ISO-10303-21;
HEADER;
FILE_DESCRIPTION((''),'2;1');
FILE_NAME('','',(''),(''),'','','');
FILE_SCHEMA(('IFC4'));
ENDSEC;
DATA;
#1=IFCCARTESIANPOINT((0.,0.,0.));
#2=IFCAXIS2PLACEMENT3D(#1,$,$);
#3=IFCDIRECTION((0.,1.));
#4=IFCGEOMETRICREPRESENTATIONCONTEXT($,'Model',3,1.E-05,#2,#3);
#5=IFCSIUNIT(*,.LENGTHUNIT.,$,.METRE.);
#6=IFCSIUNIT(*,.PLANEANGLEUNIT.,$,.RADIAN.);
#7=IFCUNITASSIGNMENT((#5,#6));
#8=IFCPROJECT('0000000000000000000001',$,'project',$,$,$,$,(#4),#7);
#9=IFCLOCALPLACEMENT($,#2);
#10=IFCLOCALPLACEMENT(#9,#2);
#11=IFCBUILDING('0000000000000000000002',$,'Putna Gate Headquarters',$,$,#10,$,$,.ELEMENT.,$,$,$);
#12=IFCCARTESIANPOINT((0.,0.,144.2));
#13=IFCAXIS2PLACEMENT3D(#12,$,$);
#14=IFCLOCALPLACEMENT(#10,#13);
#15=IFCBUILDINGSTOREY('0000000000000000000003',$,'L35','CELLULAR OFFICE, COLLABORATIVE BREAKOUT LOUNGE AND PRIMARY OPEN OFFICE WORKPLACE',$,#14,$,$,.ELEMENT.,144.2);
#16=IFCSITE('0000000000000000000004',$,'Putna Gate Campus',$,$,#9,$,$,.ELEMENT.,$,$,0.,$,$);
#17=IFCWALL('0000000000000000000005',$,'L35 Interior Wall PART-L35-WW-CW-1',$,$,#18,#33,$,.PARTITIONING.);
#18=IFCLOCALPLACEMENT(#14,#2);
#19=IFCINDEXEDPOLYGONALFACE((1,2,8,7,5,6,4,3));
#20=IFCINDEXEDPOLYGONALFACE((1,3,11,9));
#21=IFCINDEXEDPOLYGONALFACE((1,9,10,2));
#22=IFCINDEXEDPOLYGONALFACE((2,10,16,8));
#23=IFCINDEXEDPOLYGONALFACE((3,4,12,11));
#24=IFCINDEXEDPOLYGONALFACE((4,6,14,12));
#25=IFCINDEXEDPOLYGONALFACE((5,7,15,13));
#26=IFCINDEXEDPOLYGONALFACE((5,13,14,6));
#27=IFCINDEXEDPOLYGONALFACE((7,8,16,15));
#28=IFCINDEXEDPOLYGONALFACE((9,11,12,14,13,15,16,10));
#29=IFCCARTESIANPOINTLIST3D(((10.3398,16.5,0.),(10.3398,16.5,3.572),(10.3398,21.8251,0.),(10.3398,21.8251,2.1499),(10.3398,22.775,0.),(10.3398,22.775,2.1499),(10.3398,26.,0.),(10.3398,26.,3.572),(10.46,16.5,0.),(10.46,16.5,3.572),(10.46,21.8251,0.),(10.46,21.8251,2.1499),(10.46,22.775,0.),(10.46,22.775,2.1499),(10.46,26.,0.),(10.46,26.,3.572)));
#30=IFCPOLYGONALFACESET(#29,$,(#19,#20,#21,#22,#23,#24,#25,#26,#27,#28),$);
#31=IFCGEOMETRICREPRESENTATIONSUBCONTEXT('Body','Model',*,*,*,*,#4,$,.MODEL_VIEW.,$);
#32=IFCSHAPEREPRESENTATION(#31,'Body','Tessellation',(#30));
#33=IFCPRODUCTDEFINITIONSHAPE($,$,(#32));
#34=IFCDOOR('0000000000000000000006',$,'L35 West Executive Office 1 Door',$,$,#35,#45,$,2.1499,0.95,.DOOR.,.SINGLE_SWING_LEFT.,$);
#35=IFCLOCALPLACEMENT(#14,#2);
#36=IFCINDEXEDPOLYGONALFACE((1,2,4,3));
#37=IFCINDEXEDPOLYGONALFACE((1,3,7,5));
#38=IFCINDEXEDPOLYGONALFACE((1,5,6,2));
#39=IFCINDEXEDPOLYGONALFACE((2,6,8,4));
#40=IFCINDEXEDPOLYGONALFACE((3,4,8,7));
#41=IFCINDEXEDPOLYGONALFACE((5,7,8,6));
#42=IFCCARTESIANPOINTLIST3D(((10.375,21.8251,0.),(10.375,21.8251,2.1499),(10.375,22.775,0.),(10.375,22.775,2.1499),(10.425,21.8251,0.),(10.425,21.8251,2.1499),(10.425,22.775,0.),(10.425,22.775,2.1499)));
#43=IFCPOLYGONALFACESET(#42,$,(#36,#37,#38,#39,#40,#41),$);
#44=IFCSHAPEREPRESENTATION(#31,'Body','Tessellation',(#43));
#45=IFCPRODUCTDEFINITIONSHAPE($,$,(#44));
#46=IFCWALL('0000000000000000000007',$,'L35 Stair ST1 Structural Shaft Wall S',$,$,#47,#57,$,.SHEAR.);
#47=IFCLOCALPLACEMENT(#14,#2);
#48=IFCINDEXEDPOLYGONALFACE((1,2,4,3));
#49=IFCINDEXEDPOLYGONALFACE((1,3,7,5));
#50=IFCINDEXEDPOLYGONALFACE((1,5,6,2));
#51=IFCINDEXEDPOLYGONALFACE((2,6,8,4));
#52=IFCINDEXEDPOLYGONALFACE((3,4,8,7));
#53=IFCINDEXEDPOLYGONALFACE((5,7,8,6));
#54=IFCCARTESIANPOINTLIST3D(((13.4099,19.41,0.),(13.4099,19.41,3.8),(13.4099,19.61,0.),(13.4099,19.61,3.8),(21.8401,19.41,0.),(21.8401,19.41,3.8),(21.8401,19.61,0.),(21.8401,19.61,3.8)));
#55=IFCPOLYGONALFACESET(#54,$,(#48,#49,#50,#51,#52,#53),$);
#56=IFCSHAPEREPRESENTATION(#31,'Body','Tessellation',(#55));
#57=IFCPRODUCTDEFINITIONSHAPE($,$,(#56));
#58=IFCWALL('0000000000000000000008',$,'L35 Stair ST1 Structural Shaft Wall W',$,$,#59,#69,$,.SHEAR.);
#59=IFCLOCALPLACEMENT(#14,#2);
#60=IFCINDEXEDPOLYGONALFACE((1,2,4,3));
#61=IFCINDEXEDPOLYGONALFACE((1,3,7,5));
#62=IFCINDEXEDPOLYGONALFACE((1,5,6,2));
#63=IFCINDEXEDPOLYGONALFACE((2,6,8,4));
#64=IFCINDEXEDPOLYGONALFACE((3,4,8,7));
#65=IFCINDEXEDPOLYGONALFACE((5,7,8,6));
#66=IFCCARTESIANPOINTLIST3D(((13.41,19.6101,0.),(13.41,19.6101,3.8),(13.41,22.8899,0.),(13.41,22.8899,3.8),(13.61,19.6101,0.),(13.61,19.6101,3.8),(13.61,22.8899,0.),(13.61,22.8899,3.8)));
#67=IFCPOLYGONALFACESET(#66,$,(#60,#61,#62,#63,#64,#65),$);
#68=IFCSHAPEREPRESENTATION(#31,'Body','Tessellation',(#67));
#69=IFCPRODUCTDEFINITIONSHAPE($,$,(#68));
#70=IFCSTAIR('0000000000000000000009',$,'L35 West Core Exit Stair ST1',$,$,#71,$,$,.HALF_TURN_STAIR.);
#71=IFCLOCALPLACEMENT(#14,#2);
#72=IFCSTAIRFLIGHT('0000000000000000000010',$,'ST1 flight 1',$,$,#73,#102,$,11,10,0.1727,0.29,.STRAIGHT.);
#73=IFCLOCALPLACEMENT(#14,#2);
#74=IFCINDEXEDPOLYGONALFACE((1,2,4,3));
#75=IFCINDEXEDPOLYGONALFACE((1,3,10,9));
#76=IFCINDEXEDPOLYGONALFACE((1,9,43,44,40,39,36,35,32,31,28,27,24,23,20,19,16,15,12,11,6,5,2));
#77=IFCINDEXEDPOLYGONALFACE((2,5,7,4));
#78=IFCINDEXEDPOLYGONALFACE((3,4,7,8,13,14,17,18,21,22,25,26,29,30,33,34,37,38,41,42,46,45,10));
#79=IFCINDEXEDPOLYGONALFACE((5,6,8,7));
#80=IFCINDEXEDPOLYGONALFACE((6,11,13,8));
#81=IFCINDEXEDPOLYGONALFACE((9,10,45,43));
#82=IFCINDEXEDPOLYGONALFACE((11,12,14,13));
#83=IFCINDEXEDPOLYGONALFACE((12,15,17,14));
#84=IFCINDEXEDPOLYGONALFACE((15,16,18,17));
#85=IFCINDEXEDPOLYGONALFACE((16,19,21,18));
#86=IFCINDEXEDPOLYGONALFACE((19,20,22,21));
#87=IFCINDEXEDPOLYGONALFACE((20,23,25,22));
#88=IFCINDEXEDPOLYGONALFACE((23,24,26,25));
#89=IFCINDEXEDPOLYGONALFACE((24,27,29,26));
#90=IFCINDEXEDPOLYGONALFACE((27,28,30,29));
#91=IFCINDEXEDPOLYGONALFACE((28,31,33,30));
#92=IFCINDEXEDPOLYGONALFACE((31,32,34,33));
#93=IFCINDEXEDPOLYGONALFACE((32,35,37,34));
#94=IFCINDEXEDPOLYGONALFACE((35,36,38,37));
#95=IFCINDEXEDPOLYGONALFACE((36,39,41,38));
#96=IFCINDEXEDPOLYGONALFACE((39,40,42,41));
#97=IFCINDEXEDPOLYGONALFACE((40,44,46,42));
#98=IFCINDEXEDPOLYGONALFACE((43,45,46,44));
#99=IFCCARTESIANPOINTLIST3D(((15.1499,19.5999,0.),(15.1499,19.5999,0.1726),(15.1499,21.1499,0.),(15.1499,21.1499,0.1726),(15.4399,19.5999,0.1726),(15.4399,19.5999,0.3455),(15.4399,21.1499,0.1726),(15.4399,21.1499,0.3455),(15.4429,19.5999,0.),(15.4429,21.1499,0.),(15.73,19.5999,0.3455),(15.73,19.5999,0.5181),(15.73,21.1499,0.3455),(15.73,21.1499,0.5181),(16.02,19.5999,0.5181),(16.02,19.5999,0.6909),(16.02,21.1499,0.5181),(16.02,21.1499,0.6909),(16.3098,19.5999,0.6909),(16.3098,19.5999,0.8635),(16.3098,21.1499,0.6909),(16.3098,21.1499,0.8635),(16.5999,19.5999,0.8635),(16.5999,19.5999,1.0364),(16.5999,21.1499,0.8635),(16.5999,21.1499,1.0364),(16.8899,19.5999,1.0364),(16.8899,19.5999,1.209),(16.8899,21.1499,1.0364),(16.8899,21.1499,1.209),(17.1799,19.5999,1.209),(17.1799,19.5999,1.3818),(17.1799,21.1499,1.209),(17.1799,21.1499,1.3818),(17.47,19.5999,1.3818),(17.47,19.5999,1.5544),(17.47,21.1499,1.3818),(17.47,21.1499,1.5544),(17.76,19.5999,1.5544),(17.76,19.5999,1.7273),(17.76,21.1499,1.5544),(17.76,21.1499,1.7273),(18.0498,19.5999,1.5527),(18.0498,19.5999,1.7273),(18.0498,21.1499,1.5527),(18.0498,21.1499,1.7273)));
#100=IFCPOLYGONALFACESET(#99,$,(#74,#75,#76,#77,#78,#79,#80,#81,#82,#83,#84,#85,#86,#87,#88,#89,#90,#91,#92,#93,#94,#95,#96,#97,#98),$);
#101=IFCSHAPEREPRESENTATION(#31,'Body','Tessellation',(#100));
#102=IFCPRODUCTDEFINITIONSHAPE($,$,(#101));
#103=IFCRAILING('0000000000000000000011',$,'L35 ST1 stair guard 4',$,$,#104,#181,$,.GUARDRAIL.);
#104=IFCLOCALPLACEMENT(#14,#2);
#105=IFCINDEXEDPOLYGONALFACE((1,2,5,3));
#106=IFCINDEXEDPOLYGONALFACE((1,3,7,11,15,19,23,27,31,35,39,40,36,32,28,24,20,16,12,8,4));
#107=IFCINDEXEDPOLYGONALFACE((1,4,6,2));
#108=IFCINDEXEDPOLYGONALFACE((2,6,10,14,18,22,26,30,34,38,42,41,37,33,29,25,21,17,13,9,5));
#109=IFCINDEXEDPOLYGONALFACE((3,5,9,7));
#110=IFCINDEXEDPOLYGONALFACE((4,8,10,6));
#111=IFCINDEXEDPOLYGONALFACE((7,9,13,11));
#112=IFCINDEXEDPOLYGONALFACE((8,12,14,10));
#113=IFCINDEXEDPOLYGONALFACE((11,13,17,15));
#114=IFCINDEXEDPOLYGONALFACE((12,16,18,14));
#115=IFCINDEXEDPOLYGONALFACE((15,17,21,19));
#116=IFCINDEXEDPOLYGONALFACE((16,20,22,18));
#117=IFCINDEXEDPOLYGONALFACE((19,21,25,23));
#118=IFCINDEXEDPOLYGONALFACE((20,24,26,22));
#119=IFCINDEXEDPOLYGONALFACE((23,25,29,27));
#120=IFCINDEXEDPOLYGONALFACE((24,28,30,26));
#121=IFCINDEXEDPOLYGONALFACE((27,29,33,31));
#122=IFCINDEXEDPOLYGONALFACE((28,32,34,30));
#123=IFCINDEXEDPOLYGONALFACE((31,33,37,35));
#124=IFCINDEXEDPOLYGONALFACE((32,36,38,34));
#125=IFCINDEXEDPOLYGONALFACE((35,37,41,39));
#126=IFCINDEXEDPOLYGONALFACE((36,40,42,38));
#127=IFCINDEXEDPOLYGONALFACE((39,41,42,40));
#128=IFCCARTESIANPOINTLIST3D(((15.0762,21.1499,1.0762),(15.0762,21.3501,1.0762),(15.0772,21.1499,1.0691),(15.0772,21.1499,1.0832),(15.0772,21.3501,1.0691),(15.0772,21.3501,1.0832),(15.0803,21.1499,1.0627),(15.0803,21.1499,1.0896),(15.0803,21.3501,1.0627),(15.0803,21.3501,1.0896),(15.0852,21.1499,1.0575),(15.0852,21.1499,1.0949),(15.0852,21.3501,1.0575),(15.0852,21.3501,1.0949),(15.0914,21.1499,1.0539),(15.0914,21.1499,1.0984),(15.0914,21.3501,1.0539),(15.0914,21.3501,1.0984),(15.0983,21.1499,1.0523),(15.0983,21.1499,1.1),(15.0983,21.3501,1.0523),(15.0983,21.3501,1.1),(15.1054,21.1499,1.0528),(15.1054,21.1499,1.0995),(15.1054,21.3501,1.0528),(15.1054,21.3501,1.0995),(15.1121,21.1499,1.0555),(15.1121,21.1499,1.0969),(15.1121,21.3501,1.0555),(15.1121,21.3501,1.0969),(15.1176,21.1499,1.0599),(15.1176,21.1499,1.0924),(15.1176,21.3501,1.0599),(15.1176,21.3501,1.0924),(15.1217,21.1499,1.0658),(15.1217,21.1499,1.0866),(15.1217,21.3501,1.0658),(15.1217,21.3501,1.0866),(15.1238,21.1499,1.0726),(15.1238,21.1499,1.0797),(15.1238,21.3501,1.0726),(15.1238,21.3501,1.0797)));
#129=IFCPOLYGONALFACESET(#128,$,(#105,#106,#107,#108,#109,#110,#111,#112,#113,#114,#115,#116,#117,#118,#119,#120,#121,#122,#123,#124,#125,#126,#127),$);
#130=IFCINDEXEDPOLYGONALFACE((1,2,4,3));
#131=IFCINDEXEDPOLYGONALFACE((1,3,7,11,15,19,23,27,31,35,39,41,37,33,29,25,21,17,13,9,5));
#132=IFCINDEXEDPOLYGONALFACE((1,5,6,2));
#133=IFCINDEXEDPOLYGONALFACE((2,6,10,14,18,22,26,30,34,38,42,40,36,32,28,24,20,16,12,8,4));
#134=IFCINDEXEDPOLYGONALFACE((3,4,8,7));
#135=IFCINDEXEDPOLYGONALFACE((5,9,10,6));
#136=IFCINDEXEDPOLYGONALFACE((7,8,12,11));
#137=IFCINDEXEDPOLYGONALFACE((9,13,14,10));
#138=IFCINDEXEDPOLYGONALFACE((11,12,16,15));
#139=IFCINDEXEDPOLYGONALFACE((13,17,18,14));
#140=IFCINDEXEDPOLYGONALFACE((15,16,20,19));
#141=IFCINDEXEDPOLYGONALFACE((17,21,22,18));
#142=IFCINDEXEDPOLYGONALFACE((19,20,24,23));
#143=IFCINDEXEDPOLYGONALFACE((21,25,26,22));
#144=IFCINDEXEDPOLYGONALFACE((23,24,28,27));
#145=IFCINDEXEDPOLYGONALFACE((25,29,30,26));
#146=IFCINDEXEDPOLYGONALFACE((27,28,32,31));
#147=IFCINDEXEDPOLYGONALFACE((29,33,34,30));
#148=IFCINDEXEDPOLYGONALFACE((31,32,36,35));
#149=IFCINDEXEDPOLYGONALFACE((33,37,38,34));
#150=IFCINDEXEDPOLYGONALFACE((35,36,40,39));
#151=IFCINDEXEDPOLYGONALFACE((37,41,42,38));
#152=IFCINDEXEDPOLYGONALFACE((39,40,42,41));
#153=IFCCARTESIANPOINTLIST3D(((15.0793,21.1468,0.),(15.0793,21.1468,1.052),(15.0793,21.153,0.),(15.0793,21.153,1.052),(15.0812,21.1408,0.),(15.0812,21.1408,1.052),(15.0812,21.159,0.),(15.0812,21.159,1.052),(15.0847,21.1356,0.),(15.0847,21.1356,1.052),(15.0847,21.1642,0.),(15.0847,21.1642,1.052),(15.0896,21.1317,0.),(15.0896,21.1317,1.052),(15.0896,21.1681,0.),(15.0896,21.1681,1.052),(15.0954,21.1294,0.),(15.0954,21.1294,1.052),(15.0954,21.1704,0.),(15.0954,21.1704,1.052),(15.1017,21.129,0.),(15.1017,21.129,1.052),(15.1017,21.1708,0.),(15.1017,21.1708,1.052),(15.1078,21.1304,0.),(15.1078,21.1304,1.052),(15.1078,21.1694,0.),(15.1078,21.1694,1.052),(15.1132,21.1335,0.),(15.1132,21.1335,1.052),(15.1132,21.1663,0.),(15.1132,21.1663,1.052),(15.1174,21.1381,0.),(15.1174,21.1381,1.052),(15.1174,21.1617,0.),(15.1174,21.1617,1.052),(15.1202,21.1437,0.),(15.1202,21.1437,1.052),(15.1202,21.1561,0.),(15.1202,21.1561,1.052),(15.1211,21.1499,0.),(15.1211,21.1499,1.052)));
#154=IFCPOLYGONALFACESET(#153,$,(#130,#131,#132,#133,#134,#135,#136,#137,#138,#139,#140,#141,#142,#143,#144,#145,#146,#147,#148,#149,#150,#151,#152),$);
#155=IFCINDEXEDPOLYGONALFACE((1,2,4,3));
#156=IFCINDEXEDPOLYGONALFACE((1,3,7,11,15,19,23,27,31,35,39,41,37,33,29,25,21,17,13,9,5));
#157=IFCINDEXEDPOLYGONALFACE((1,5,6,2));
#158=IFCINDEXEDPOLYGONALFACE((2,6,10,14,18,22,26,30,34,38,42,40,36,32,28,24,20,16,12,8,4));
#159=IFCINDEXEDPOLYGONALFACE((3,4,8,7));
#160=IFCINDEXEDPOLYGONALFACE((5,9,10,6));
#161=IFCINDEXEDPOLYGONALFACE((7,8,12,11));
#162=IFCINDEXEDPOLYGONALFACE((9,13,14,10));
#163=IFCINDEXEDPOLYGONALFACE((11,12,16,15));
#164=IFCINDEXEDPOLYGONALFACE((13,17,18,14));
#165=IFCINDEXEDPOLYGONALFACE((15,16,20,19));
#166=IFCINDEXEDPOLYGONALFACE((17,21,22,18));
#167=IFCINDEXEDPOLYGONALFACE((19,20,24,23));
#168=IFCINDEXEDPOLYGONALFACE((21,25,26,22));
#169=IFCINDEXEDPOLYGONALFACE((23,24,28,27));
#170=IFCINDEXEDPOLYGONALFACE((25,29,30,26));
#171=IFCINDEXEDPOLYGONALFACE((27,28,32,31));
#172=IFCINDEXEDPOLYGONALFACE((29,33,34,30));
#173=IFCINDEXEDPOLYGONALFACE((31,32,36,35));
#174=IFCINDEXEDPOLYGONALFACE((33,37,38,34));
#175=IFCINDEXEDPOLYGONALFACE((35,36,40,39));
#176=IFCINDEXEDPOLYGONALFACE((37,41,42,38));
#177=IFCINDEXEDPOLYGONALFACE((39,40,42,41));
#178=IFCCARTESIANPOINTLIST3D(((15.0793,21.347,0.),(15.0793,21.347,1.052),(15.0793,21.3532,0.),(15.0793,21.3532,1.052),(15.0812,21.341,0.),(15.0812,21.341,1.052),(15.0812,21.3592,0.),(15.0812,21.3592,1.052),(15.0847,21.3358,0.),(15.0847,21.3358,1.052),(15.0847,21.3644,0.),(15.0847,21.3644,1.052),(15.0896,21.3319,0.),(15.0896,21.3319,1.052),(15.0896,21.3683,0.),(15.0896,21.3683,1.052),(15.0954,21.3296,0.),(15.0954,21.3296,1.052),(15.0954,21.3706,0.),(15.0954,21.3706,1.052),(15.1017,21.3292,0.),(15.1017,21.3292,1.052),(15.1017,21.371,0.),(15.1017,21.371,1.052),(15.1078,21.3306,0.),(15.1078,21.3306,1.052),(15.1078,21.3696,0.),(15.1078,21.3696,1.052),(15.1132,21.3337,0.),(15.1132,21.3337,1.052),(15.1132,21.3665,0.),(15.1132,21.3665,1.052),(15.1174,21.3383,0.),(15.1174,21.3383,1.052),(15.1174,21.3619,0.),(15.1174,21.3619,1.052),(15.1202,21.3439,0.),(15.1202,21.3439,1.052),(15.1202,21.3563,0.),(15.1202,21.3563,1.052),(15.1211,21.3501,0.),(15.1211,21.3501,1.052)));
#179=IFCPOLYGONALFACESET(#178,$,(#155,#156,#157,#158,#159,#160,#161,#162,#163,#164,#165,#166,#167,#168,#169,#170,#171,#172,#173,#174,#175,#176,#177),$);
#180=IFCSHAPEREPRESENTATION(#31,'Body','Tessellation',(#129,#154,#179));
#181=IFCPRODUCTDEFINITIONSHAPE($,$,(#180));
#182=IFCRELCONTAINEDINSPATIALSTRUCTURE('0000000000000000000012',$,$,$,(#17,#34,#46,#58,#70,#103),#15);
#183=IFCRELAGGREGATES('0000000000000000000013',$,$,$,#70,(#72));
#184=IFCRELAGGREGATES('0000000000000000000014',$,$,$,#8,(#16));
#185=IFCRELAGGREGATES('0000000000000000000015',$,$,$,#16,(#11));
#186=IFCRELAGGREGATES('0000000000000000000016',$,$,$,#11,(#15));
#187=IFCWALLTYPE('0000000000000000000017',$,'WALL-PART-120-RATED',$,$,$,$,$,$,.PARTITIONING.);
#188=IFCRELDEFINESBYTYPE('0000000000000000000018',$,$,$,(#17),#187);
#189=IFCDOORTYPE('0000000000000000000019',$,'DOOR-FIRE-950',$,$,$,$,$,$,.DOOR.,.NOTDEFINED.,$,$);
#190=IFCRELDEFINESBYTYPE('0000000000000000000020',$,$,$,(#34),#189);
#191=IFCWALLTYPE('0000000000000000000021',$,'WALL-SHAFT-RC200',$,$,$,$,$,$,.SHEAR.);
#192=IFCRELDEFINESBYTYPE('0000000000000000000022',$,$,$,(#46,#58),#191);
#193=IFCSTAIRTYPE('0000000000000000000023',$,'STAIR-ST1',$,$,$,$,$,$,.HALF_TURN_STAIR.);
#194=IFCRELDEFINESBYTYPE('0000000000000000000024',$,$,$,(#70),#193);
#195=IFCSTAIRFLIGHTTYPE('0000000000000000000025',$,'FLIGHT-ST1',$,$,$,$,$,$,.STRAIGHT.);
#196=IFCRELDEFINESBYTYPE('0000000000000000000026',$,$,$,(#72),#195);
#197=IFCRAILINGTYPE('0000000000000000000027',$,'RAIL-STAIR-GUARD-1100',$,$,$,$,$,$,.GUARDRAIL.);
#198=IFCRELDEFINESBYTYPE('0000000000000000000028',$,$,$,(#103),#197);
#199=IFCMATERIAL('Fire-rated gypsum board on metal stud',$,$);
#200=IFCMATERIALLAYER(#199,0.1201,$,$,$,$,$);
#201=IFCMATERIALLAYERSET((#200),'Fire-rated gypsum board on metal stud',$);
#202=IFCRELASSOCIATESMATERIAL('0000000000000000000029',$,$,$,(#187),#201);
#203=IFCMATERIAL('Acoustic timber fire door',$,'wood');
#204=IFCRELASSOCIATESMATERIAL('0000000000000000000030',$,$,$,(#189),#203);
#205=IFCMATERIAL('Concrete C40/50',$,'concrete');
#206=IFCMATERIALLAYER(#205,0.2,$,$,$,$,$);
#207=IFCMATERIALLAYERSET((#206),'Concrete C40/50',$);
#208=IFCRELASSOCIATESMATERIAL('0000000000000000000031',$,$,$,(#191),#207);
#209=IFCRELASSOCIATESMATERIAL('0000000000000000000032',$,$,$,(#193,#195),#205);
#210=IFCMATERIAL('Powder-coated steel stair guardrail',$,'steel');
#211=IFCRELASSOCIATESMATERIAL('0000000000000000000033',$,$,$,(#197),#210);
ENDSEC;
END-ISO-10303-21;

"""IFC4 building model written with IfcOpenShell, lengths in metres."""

from ifc_helpers import new_model, si_unit, direction, frame, frame_2d, origin, origin_2d, place, context, subcontext, project, spatial, polyline, rectangle, circle, outline, extrude, material, layer, layer_set, type_object, element, fill, aggregate, save


model = new_model("IFC4")

# Units and contexts
model_context = context("Model", 3, precision=1e-05, world=origin(), true_north=direction((0.0, 1.0)))
body_context = subcontext(model_context, "Body", "Model", "MODEL_VIEW")
ifc_project = project(units=[si_unit("LENGTHUNIT", "METRE"), si_unit("PLANEANGLEUNIT", "RADIAN")], contexts=[model_context])

# Site, building, storey
site_placement = place(None, origin())
site = spatial("IfcSite", under=ifc_project, at=site_placement, Name="Putna Gate Campus", CompositionType="ELEMENT", RefElevation=0.0)
building_placement = place(site_placement, origin())
building = spatial("IfcBuilding", under=site, at=building_placement, Name="Putna Gate Headquarters", CompositionType="ELEMENT")
storey_placement = place(building_placement, frame((0.0, 0.0, 144.2)))
storey = spatial("IfcBuildingStorey", under=building, at=storey_placement, Name="L35", Description="CELLULAR OFFICE, COLLABORATIVE BREAKOUT LOUNGE AND PRIMARY OPEN OFFICE WORKPLACE", CompositionType="ELEMENT", Elevation=144.2)

# Wall, opening, door
ifc_material_1 = material(Name="Fire-rated gypsum board on metal stud")
ifc_layer_1 = layer(ifc_material_1, 0.1201)
ifc_layer_set_1 = layer_set([ifc_layer_1], Name="Fire-rated gypsum board on metal stud")
wall_type_1 = type_object("IfcWallType", Name="WALL-PART-120-RATED", PredefinedType="PARTITIONING", material=ifc_layer_set_1)
ifc_material_2 = material(Name="Acoustic timber fire door", Category="wood")
door_type_1 = type_object("IfcDoorType", Name="DOOR-FIRE-950", OperationType="NOTDEFINED", PredefinedType="DOOR", material=ifc_material_2)
wall_1_placement = place(storey_placement, frame((10.3999, 16.5, 0.0), z_axis=(0.0, 0.0, 1.0), x_axis=(0.0, 1.0, 0.0)))
wall_1 = element("IfcWall", 1, at=wall_1_placement, inside=storey, type_object=wall_type_1, Name="L35 Interior Wall PART-L35-WW-CW-1", PredefinedType="PARTITIONING", context=body_context, shape_type="SweptSolid", body=[
    extrude(rectangle(XDim=9.5, YDim=0.1201, at=frame_2d((4.75, 0.0))), origin(), (0.0, 0.0, 1.0), 3.572),
])
opening_1_placement = place(wall_1_placement, frame((5.325, 0.0, 0.0)))
opening_1 = element("IfcOpeningElement", 2, at=opening_1_placement, cuts=wall_1, PredefinedType="OPENING", context=body_context, shape_type="SweptSolid", body=[
    extrude(rectangle(XDim=0.95, YDim=2.1499, at=frame_2d((0.4751, 1.075))), frame((0.0, 0.0701, 0.0), z_axis=(0.0, -1.0, 0.0), x_axis=(1.0, 0.0, 0.0)), (0.0, 0.0, 1.0), 0.1401),
])
door_1_placement = place(opening_1_placement, origin())
door_1 = element("IfcDoor", 3, at=door_1_placement, inside=storey, type_object=door_type_1, Name="L35 West Executive Office 1 Door", OperationType="SINGLE_SWING_LEFT", OverallHeight=2.1499, OverallWidth=0.95, PredefinedType="DOOR", context=body_context, shape_type="SweptSolid", body=[
    extrude(rectangle(XDim=0.95, YDim=2.1499, at=frame_2d((0.4751, 1.075))), frame((0.0, 0.0249, 0.0), z_axis=(0.0, -1.0, 0.0), x_axis=(1.0, 0.0, 0.0)), (0.0, 0.0, 1.0), 0.05),
])
fill(opening_1, door_1)

# Walls
ifc_material_3 = material(Name="Concrete C40/50", Category="concrete")
ifc_layer_2 = layer(ifc_material_3, 0.2)
ifc_layer_set_2 = layer_set([ifc_layer_2], Name="Concrete C40/50")
wall_type_2 = type_object("IfcWallType", Name="WALL-SHAFT-RC200", PredefinedType="SHEAR", material=ifc_layer_set_2)
wall_2_placement = place(storey_placement, frame((13.4099, 19.51, 0.0), z_axis=(0.0, 0.0, 1.0), x_axis=(1.0, 0.0, 0.0)))
element("IfcWall", 4, at=wall_2_placement, inside=storey, type_object=wall_type_2, Name="L35 Stair ST1 Structural Shaft Wall S", PredefinedType="SHEAR", context=body_context, shape_type="SweptSolid", body=[
    extrude(rectangle(XDim=8.4302, YDim=0.2, at=frame_2d((4.2151, 0.0))), origin(), (0.0, 0.0, 1.0), 3.8),
])
wall_3_placement = place(storey_placement, frame((13.51, 19.6101, 0.0), z_axis=(0.0, 0.0, 1.0), x_axis=(0.0, 1.0, 0.0)))
element("IfcWall", 5, at=wall_3_placement, inside=storey, type_object=wall_type_2, Name="L35 Stair ST1 Structural Shaft Wall W", PredefinedType="SHEAR", context=body_context, shape_type="SweptSolid", body=[
    extrude(rectangle(XDim=3.2798, YDim=0.2, at=frame_2d((1.6399, 0.0))), origin(), (0.0, 0.0, 1.0), 3.8),
])

# Stair, stair flight
stair_type = type_object("IfcStairType", Name="STAIR-ST1", PredefinedType="HALF_TURN_STAIR", material=ifc_material_3)
stair_placement = place(storey_placement, origin())
stair = element("IfcStair", 6, at=stair_placement, inside=storey, type_object=stair_type, Name="L35 West Core Exit Stair ST1", PredefinedType="HALF_TURN_STAIR")
stair_flight_type = type_object("IfcStairFlightType", Name="FLIGHT-ST1", PredefinedType="STRAIGHT", material=ifc_material_3)
stair_flight_placement = place(storey_placement, frame((15.1499, 20.375, 0.0), z_axis=(0.0, 0.0, 1.0), x_axis=(1.0, 0.0, 0.0)))
stair_flight = element("IfcStairFlight", 7, at=stair_flight_placement, type_object=stair_flight_type, Name="ST1 flight 1", NumberOfRisers=11, NumberOfTreads=10, PredefinedType="STRAIGHT", RiserHeight=0.1727, TreadLength=0.29, context=body_context, shape_type="SweptSolid", body=[
    extrude(outline(polyline([(0.0, 0.0), (0.0, 0.1726), (0.29, 0.1726), (0.29, 0.3455), (0.5801, 0.3455), (0.5801, 0.5181), (0.8701, 0.5181), (0.8701, 0.6909), (1.1599, 0.6909), (1.1599, 0.8635), (1.45, 0.8635), (1.45, 1.0364), (1.74, 1.0364), (1.74, 1.209), (2.03, 1.209), (2.03, 1.3818), (2.3201, 1.3818), (2.3201, 1.5544), (2.6101, 1.5544), (2.6101, 1.7273), (2.8999, 1.7273), (2.8999, 1.8999), (2.8999, 1.5527), (0.293, 0.0), (0.0, 0.0)])), frame((0.0, 0.7749, 0.0), z_axis=(0.0, -1.0, 0.0), x_axis=(1.0, 0.0, 0.0)), (0.0, 0.0, 1.0), 1.55),
])
aggregate(stair, [stair_flight])

# Railing
ifc_material_4 = material(Name="Powder-coated steel stair guardrail", Category="steel")
railing_type_1 = type_object("IfcRailingType", Name="RAIL-STAIR-GUARD-1100", PredefinedType="GUARDRAIL", material=ifc_material_4)
railing_1_placement = place(storey_placement, frame((15.1001, 21.1499, 0.0)))
element("IfcRailing", 8, at=railing_1_placement, inside=storey, type_object=railing_type_1, Name="L35 ST1 stair guard 4", PredefinedType="GUARDRAIL", context=body_context, shape_type="SweptSolid", body=[
    extrude(circle(Radius=0.0239, at=origin_2d()), frame((0.0, 0.0, 1.0762), z_axis=(0.0, 1.0, 0.0), x_axis=(-1.0, 0.0, 0.0)), (0.0, 0.0, 1.0), 0.2002),
    extrude(circle(Radius=0.021, at=origin_2d()), origin(), (0.0, 0.0, 1.0), 1.052),
    extrude(circle(Radius=0.021, at=origin_2d()), frame((0.0, 0.2002, 0.0)), (0.0, 0.0, 1.0), 1.052),
])

save(model, "model.ifc")
